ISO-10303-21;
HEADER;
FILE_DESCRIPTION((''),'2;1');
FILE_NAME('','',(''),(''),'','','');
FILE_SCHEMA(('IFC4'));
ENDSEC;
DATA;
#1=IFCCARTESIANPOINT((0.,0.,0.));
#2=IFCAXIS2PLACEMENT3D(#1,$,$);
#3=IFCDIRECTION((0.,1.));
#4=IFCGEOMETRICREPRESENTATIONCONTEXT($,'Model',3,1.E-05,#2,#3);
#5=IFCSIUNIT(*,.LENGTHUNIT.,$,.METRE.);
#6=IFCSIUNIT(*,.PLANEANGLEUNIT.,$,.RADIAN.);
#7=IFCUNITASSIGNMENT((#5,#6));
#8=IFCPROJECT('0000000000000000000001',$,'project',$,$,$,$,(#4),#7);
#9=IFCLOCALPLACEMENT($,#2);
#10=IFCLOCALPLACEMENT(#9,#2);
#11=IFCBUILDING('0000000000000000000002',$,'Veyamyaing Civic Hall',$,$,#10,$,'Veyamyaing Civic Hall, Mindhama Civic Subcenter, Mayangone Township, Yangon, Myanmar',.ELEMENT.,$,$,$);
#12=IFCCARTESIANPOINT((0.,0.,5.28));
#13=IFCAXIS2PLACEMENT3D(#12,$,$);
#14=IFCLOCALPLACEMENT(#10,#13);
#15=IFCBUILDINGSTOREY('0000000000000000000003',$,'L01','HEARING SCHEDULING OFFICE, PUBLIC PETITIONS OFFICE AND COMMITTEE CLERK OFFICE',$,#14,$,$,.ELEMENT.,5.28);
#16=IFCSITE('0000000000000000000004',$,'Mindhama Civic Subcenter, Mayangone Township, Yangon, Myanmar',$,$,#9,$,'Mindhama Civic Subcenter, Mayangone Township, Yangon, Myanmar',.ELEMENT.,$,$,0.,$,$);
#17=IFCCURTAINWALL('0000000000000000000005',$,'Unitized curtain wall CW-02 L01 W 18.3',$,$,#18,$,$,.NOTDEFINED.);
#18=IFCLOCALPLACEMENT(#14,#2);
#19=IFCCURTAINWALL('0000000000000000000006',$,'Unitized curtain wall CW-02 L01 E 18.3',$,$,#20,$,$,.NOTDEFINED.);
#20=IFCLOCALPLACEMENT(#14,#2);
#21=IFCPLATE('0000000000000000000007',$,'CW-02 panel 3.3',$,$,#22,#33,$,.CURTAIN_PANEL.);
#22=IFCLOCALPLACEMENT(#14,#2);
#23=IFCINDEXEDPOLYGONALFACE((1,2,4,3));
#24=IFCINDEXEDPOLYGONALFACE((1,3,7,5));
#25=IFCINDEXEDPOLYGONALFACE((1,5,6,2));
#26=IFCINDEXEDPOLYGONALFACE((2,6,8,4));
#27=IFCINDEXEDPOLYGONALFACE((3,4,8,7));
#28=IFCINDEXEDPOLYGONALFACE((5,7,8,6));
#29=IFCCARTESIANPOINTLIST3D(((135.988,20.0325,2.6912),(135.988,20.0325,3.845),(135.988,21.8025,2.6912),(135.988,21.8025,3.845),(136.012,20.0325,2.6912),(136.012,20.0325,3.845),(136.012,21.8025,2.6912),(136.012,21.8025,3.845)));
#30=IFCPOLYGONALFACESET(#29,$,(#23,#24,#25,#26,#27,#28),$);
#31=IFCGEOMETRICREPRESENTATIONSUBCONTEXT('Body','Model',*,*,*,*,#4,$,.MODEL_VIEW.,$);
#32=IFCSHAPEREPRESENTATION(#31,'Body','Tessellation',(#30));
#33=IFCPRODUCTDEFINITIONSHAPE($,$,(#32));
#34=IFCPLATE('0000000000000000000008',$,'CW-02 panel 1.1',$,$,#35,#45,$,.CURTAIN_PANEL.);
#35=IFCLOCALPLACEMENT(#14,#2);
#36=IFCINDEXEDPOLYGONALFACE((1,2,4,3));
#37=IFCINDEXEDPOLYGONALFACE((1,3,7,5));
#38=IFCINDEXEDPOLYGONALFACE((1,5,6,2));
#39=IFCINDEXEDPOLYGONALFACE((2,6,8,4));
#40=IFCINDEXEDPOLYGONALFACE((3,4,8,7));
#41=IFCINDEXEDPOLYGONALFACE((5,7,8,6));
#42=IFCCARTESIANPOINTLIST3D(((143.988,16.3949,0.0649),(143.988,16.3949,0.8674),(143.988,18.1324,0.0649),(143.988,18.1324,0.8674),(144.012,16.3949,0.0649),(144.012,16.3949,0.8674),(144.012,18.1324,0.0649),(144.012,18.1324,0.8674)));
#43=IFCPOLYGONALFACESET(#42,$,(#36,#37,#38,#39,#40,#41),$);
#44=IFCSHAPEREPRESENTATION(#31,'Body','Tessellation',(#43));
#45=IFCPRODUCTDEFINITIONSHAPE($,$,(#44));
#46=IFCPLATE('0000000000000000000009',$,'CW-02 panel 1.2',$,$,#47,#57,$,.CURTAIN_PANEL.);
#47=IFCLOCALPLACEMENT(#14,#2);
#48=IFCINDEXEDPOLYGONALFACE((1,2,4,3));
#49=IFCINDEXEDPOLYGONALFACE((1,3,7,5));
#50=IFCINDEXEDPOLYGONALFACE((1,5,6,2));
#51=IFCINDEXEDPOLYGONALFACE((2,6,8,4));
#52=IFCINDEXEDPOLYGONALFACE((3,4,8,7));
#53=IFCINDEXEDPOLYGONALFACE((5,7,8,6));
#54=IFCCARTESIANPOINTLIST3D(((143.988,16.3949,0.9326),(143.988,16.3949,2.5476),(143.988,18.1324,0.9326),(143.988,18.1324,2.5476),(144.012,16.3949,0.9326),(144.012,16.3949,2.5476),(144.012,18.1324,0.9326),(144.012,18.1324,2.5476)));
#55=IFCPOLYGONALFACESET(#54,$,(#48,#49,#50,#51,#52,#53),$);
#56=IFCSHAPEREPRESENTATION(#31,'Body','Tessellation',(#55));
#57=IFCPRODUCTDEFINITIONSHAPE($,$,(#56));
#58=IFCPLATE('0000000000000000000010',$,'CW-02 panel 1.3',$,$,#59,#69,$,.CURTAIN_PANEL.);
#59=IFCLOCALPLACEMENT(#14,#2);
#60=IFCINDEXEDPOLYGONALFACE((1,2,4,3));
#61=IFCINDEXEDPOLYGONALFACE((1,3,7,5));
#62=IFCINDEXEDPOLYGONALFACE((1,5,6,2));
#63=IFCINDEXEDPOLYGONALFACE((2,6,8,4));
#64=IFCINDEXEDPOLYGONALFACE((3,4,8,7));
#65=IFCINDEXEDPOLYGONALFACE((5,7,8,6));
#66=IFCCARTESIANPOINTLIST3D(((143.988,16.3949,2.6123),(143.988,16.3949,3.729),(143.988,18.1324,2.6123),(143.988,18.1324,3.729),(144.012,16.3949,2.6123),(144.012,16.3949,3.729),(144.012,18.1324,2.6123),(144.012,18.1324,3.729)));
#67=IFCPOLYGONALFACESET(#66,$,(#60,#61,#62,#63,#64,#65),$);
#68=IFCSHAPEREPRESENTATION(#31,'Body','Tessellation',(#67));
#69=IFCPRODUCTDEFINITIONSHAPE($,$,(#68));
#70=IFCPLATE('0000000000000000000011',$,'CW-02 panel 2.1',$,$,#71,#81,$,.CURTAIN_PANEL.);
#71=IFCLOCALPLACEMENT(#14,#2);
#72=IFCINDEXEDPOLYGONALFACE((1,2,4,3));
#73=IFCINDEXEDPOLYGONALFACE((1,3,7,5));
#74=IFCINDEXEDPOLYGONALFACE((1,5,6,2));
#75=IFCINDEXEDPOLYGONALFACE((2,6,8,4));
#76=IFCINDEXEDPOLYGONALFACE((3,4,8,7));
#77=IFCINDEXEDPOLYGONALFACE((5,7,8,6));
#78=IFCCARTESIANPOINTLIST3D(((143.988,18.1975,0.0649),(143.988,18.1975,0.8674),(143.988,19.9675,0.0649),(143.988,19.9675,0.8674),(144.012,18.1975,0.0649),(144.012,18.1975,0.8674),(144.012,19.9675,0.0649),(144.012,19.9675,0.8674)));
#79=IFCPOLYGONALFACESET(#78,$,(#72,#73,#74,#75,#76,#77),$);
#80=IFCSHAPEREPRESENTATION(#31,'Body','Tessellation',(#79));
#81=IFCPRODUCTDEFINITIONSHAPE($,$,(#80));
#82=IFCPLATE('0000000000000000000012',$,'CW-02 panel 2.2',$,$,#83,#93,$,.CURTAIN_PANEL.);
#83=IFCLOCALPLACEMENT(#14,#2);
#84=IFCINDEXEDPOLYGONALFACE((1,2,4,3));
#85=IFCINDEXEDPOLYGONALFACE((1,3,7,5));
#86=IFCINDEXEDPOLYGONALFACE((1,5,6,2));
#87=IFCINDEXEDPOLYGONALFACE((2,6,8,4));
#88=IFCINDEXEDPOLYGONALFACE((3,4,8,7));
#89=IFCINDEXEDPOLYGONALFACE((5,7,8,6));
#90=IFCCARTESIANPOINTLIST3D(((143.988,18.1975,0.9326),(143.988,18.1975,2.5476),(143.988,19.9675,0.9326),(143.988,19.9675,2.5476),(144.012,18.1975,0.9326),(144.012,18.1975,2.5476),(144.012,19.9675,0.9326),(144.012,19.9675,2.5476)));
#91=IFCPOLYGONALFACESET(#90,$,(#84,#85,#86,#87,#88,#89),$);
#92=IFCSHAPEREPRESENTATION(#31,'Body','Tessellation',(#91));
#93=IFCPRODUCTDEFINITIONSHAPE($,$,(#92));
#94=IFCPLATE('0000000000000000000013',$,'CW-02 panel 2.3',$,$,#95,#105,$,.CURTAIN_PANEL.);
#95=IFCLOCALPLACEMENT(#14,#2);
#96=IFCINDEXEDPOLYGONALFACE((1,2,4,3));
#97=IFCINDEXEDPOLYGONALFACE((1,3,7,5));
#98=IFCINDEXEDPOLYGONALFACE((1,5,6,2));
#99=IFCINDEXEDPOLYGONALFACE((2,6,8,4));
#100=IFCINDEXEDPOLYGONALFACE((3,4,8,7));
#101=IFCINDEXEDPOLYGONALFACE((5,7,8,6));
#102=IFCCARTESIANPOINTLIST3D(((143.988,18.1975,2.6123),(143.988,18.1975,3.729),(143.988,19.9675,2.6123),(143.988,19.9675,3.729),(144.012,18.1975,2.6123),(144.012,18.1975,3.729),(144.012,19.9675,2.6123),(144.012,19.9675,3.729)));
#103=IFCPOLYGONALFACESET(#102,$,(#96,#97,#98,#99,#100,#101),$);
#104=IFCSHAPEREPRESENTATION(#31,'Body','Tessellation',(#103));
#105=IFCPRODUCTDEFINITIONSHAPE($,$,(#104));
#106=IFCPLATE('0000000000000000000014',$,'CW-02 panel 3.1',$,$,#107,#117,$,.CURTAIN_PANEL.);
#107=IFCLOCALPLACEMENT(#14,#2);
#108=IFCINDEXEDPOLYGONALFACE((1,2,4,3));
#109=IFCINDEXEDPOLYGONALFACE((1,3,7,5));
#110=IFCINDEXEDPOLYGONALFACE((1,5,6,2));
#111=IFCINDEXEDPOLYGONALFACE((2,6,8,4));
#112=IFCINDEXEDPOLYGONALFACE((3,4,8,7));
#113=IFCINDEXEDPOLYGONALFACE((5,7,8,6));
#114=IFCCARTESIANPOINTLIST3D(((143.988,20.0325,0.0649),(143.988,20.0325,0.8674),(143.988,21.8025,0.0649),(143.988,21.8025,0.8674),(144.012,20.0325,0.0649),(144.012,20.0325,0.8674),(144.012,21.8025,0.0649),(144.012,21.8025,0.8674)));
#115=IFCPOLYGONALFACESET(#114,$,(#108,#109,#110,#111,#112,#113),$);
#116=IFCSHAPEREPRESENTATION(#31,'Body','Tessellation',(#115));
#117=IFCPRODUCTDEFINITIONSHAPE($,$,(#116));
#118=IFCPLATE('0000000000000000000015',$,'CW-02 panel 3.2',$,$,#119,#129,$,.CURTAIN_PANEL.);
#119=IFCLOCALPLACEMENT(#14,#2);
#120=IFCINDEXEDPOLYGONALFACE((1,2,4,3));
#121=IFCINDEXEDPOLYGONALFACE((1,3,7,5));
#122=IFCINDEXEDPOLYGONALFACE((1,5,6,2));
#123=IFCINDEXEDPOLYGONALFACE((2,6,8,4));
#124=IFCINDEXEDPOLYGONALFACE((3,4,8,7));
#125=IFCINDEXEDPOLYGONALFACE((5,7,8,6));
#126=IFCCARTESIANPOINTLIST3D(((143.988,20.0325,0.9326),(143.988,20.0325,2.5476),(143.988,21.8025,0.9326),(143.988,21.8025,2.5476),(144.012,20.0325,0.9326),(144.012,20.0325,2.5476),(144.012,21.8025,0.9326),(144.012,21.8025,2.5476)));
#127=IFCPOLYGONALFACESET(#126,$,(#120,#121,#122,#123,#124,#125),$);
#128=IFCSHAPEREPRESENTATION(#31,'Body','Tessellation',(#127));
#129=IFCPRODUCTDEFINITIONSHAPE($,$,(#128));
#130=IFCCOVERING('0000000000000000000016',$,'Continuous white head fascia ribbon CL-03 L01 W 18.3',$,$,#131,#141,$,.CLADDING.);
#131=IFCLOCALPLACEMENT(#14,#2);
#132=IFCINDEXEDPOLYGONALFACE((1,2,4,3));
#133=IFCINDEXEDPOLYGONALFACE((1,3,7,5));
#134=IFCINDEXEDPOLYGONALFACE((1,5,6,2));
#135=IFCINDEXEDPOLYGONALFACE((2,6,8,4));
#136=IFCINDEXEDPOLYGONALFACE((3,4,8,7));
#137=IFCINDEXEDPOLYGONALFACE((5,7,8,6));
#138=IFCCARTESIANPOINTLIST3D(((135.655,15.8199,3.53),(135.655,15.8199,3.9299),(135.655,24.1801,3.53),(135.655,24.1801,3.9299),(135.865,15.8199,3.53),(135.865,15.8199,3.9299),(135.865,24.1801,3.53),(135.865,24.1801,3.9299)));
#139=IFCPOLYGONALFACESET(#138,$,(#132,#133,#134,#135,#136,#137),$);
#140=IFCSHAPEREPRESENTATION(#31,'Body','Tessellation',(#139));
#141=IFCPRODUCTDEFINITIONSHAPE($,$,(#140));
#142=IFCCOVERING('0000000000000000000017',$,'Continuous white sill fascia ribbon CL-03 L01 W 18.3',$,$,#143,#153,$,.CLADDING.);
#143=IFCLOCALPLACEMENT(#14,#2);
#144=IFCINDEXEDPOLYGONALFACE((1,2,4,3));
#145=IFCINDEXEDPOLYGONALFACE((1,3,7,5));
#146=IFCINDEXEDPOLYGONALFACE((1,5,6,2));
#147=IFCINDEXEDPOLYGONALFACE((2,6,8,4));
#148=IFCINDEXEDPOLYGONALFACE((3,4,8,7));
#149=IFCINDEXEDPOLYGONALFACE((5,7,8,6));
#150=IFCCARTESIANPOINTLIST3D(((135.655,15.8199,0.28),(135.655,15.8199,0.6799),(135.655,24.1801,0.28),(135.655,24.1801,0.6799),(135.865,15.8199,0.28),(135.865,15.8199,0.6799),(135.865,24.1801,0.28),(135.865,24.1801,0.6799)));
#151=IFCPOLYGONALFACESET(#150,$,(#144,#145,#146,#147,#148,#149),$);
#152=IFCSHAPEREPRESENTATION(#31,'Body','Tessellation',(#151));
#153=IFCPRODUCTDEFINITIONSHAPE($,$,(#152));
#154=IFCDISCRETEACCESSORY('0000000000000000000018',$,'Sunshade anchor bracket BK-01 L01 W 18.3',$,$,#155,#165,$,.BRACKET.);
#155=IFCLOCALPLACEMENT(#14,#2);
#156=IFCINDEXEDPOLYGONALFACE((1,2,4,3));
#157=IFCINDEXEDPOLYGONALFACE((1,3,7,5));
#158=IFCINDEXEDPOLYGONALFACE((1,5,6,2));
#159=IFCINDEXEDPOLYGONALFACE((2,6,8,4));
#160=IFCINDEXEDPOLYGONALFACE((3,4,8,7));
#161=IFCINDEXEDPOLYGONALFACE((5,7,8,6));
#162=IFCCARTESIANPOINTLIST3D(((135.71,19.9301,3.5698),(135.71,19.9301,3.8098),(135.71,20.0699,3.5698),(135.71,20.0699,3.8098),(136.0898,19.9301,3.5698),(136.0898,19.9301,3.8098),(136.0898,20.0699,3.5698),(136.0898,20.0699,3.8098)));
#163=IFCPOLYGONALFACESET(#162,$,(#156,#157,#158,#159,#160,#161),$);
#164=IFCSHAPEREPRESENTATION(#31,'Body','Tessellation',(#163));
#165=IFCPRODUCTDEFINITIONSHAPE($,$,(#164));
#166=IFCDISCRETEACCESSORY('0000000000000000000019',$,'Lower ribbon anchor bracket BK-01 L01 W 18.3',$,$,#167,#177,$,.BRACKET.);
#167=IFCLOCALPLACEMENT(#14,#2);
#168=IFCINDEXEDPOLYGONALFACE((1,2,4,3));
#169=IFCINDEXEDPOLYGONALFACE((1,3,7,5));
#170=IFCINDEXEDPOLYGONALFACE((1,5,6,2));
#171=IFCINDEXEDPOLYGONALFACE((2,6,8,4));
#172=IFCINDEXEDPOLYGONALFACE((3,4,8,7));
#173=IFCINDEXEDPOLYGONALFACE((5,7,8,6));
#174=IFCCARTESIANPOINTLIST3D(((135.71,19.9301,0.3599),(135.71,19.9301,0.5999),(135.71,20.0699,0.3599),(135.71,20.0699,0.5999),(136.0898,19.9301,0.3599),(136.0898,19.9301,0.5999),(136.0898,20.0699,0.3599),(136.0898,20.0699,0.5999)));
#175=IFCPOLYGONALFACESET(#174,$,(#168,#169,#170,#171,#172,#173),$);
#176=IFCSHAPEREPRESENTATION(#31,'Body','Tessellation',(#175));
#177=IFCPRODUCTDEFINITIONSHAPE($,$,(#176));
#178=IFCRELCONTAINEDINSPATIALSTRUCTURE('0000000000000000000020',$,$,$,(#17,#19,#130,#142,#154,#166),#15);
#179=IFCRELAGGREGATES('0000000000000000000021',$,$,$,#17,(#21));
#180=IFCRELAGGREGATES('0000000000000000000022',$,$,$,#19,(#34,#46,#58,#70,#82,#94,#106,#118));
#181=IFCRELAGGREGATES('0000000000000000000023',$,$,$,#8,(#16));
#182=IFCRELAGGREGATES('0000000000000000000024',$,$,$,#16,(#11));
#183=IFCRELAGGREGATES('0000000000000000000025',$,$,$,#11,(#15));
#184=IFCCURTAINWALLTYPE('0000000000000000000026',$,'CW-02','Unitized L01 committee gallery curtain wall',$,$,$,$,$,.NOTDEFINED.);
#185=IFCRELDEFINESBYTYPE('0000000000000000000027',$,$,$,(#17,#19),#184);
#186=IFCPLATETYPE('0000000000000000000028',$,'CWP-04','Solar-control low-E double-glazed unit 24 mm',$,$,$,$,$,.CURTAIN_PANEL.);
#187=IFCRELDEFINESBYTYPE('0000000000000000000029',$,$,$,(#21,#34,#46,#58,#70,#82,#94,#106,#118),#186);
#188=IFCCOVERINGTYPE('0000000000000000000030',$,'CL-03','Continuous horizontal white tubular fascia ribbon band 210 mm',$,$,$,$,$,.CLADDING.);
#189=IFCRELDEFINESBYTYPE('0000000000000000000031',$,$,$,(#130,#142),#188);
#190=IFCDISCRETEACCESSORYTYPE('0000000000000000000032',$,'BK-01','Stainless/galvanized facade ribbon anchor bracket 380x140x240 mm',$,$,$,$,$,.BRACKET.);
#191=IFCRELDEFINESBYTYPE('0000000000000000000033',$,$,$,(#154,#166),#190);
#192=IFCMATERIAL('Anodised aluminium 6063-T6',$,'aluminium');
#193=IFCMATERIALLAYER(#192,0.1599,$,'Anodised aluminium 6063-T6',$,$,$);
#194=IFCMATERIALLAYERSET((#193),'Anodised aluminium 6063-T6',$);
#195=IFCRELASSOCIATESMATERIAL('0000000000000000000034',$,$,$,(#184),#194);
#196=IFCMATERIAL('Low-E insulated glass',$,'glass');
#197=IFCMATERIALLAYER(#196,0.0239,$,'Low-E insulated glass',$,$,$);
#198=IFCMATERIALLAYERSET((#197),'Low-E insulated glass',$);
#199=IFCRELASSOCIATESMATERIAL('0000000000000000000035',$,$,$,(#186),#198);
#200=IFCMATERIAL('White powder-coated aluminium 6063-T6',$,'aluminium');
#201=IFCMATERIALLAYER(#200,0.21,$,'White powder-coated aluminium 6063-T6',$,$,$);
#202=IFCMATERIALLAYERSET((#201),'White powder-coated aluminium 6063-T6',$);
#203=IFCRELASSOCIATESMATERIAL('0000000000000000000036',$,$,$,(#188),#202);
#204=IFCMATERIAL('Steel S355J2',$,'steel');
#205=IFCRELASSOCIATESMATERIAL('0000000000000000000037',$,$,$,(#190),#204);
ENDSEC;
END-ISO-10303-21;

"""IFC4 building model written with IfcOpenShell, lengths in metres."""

from ifc_helpers import new_model, si_unit, direction, frame, origin, origin_2d, place, context, subcontext, project, spatial, rectangle, extrude, material, layer, layer_set, type_object, element, aggregate, save


model = new_model("IFC4")

# Units and contexts
model_context = context("Model", 3, precision=1e-05, world=origin(), true_north=direction((0.0, 1.0)))
body_context = subcontext(model_context, "Body", "Model", "MODEL_VIEW")
ifc_project = project(units=[si_unit("LENGTHUNIT", "METRE"), si_unit("PLANEANGLEUNIT", "RADIAN")], contexts=[model_context])

# Site, building, storey
site_placement = place(None, origin())
site = spatial("IfcSite", under=ifc_project, at=site_placement, Name="Mindhama Civic Subcenter, Mayangone Township, Yangon, Myanmar", LongName="Mindhama Civic Subcenter, Mayangone Township, Yangon, Myanmar", CompositionType="ELEMENT", RefElevation=0.0)
building_placement = place(site_placement, origin())
building = spatial("IfcBuilding", under=site, at=building_placement, Name="Veyamyaing Civic Hall", LongName="Veyamyaing Civic Hall, Mindhama Civic Subcenter, Mayangone Township, Yangon, Myanmar", CompositionType="ELEMENT")
storey_placement = place(building_placement, frame((0.0, 0.0, 5.28)))
storey = spatial("IfcBuildingStorey", under=building, at=storey_placement, Name="L01", Description="HEARING SCHEDULING OFFICE, PUBLIC PETITIONS OFFICE AND COMMITTEE CLERK OFFICE", CompositionType="ELEMENT", Elevation=5.28)

# Curtain walls
ifc_material_1 = material(Name="Anodised aluminium 6063-T6", Category="aluminium")
ifc_layer_1 = layer(ifc_material_1, 0.1599, Name="Anodised aluminium 6063-T6")
ifc_layer_set_1 = layer_set([ifc_layer_1], Name="Anodised aluminium 6063-T6")
curtain_wall_type = type_object("IfcCurtainWallType", Name="CW-02", Description="Unitized L01 committee gallery curtain wall", PredefinedType="NOTDEFINED", material=ifc_layer_set_1)
curtain_wall_1_placement = place(storey_placement, origin())
curtain_wall_1 = element("IfcCurtainWall", 1, at=curtain_wall_1_placement, inside=storey, type_object=curtain_wall_type, Name="Unitized curtain wall CW-02 L01 W 18.3", PredefinedType="NOTDEFINED")
curtain_wall_2_placement = place(storey_placement, origin())
curtain_wall_2 = element("IfcCurtainWall", 2, at=curtain_wall_2_placement, inside=storey, type_object=curtain_wall_type, Name="Unitized curtain wall CW-02 L01 E 18.3", PredefinedType="NOTDEFINED")

# Plates
ifc_material_2 = material(Name="Low-E insulated glass", Category="glass")
ifc_layer_2 = layer(ifc_material_2, 0.0239, Name="Low-E insulated glass")
ifc_layer_set_2 = layer_set([ifc_layer_2], Name="Low-E insulated glass")
plate_type = type_object("IfcPlateType", Name="CWP-04", Description="Solar-control low-E double-glazed unit 24 mm", PredefinedType="CURTAIN_PANEL", material=ifc_layer_set_2)
plate_1_placement = place(storey_placement, frame((136.0, 20.9175, 2.6912), z_axis=(0.0, 0.0, 1.0), x_axis=(0.0, 1.0, 0.0)))
plate_1 = element("IfcPlate", 3, at=plate_1_placement, type_object=plate_type, Name="CW-02 panel 3.3", PredefinedType="CURTAIN_PANEL", context=body_context, shape_type="SweptSolid", body=[
    extrude(rectangle(XDim=1.77, YDim=0.0239, at=origin_2d()), origin(), (0.0, 0.0, 1.0), 1.1538),
])
aggregate(curtain_wall_1, [plate_1])
plate_2_placement = place(storey_placement, frame((144.0, 17.2637, 0.0649), z_axis=(0.0, 0.0, 1.0), x_axis=(0.0, 1.0, 0.0)))
plate_2 = element("IfcPlate", 4, at=plate_2_placement, type_object=plate_type, Name="CW-02 panel 1.1", PredefinedType="CURTAIN_PANEL", context=body_context, shape_type="SweptSolid", body=[
    extrude(rectangle(XDim=1.7375, YDim=0.0239, at=origin_2d()), origin(), (0.0, 0.0, 1.0), 0.8025),
])
plate_3_placement = place(storey_placement, frame((144.0, 17.2637, 0.9326), z_axis=(0.0, 0.0, 1.0), x_axis=(0.0, 1.0, 0.0)))
plate_3 = element("IfcPlate", 5, at=plate_3_placement, type_object=plate_type, Name="CW-02 panel 1.2", PredefinedType="CURTAIN_PANEL", context=body_context, shape_type="SweptSolid", body=[
    extrude(rectangle(XDim=1.7375, YDim=0.0239, at=origin_2d()), origin(), (0.0, 0.0, 1.0), 1.615),
])
plate_4_placement = place(storey_placement, frame((144.0, 17.2637, 2.6123), z_axis=(0.0, 0.0, 1.0), x_axis=(0.0, 1.0, 0.0)))
plate_4 = element("IfcPlate", 6, at=plate_4_placement, type_object=plate_type, Name="CW-02 panel 1.3", PredefinedType="CURTAIN_PANEL", context=body_context, shape_type="SweptSolid", body=[
    extrude(rectangle(XDim=1.7375, YDim=0.0239, at=origin_2d()), origin(), (0.0, 0.0, 1.0), 1.1167),
])
plate_5_placement = place(storey_placement, frame((144.0, 19.0825, 0.0649), z_axis=(0.0, 0.0, 1.0), x_axis=(0.0, 1.0, 0.0)))
plate_5 = element("IfcPlate", 7, at=plate_5_placement, type_object=plate_type, Name="CW-02 panel 2.1", PredefinedType="CURTAIN_PANEL", context=body_context, shape_type="SweptSolid", body=[
    extrude(rectangle(XDim=1.77, YDim=0.0239, at=origin_2d()), origin(), (0.0, 0.0, 1.0), 0.8025),
])
plate_6_placement = place(storey_placement, frame((144.0, 19.0825, 0.9326), z_axis=(0.0, 0.0, 1.0), x_axis=(0.0, 1.0, 0.0)))
plate_6 = element("IfcPlate", 8, at=plate_6_placement, type_object=plate_type, Name="CW-02 panel 2.2", PredefinedType="CURTAIN_PANEL", context=body_context, shape_type="SweptSolid", body=[
    extrude(rectangle(XDim=1.77, YDim=0.0239, at=origin_2d()), origin(), (0.0, 0.0, 1.0), 1.615),
])
plate_7_placement = place(storey_placement, frame((144.0, 19.0825, 2.6123), z_axis=(0.0, 0.0, 1.0), x_axis=(0.0, 1.0, 0.0)))
plate_7 = element("IfcPlate", 9, at=plate_7_placement, type_object=plate_type, Name="CW-02 panel 2.3", PredefinedType="CURTAIN_PANEL", context=body_context, shape_type="SweptSolid", body=[
    extrude(rectangle(XDim=1.77, YDim=0.0239, at=origin_2d()), origin(), (0.0, 0.0, 1.0), 1.1167),
])
plate_8_placement = place(storey_placement, frame((144.0, 20.9175, 0.0649), z_axis=(0.0, 0.0, 1.0), x_axis=(0.0, 1.0, 0.0)))
plate_8 = element("IfcPlate", 10, at=plate_8_placement, type_object=plate_type, Name="CW-02 panel 3.1", PredefinedType="CURTAIN_PANEL", context=body_context, shape_type="SweptSolid", body=[
    extrude(rectangle(XDim=1.77, YDim=0.0239, at=origin_2d()), origin(), (0.0, 0.0, 1.0), 0.8025),
])
plate_9_placement = place(storey_placement, frame((144.0, 20.9175, 0.9326), z_axis=(0.0, 0.0, 1.0), x_axis=(0.0, 1.0, 0.0)))
plate_9 = element("IfcPlate", 11, at=plate_9_placement, type_object=plate_type, Name="CW-02 panel 3.2", PredefinedType="CURTAIN_PANEL", context=body_context, shape_type="SweptSolid", body=[
    extrude(rectangle(XDim=1.77, YDim=0.0239, at=origin_2d()), origin(), (0.0, 0.0, 1.0), 1.615),
])
aggregate(curtain_wall_2, [plate_2, plate_3, plate_4, plate_5, plate_6, plate_7, plate_8, plate_9])

# Coverings
ifc_material_3 = material(Name="White powder-coated aluminium 6063-T6", Category="aluminium")
ifc_layer_3 = layer(ifc_material_3, 0.21, Name="White powder-coated aluminium 6063-T6")
ifc_layer_set_3 = layer_set([ifc_layer_3], Name="White powder-coated aluminium 6063-T6")
covering_type = type_object("IfcCoveringType", Name="CL-03", Description="Continuous horizontal white tubular fascia ribbon band 210 mm", PredefinedType="CLADDING", material=ifc_layer_set_3)
for number, where, z_axis, x_axis, name in (
    (12, (135.76, 20.0, 3.53), (0.0, 0.0, 1.0), (0.0, 1.0, 0.0), "Continuous white head fascia ribbon CL-03 L01 W 18.3"),
    (13, (135.76, 20.0, 0.28), (0.0, 0.0, 1.0), (0.0, 1.0, 0.0), "Continuous white sill fascia ribbon CL-03 L01 W 18.3"),
):
    element("IfcCovering", number, at=place(storey_placement, frame(where, z_axis=z_axis, x_axis=x_axis)), inside=storey, type_object=covering_type, Name=name, PredefinedType="CLADDING", context=body_context, shape_type="SweptSolid", body=[
        extrude(rectangle(XDim=8.3601, YDim=0.21, at=origin_2d()), origin(), (0.0, 0.0, 1.0), 0.3999),
    ])

# Discrete accessories
ifc_material_4 = material(Name="Steel S355J2", Category="steel")
discrete_accessory_type = type_object("IfcDiscreteAccessoryType", Name="BK-01", Description="Stainless/galvanized facade ribbon anchor bracket 380x140x240 mm", PredefinedType="BRACKET", material=ifc_material_4)
for number, where, z_axis, x_axis, name in (
    (14, (135.8999, 20.0, 3.5698), (0.0, 0.0, 1.0), (-1.0, 0.0, 0.0), "Sunshade anchor bracket BK-01 L01 W 18.3"),
    (15, (135.8999, 20.0, 0.3599), (0.0, 0.0, 1.0), (-1.0, 0.0, 0.0), "Lower ribbon anchor bracket BK-01 L01 W 18.3"),
):
    element("IfcDiscreteAccessory", number, at=place(storey_placement, frame(where, z_axis=z_axis, x_axis=x_axis)), inside=storey, type_object=discrete_accessory_type, Name=name, PredefinedType="BRACKET", context=body_context, shape_type="SweptSolid", body=[
        extrude(rectangle(XDim=0.3799, YDim=0.1399, at=origin_2d()), origin(), (0.0, 0.0, 1.0), 0.24),
    ])

save(model, "model.ifc")
